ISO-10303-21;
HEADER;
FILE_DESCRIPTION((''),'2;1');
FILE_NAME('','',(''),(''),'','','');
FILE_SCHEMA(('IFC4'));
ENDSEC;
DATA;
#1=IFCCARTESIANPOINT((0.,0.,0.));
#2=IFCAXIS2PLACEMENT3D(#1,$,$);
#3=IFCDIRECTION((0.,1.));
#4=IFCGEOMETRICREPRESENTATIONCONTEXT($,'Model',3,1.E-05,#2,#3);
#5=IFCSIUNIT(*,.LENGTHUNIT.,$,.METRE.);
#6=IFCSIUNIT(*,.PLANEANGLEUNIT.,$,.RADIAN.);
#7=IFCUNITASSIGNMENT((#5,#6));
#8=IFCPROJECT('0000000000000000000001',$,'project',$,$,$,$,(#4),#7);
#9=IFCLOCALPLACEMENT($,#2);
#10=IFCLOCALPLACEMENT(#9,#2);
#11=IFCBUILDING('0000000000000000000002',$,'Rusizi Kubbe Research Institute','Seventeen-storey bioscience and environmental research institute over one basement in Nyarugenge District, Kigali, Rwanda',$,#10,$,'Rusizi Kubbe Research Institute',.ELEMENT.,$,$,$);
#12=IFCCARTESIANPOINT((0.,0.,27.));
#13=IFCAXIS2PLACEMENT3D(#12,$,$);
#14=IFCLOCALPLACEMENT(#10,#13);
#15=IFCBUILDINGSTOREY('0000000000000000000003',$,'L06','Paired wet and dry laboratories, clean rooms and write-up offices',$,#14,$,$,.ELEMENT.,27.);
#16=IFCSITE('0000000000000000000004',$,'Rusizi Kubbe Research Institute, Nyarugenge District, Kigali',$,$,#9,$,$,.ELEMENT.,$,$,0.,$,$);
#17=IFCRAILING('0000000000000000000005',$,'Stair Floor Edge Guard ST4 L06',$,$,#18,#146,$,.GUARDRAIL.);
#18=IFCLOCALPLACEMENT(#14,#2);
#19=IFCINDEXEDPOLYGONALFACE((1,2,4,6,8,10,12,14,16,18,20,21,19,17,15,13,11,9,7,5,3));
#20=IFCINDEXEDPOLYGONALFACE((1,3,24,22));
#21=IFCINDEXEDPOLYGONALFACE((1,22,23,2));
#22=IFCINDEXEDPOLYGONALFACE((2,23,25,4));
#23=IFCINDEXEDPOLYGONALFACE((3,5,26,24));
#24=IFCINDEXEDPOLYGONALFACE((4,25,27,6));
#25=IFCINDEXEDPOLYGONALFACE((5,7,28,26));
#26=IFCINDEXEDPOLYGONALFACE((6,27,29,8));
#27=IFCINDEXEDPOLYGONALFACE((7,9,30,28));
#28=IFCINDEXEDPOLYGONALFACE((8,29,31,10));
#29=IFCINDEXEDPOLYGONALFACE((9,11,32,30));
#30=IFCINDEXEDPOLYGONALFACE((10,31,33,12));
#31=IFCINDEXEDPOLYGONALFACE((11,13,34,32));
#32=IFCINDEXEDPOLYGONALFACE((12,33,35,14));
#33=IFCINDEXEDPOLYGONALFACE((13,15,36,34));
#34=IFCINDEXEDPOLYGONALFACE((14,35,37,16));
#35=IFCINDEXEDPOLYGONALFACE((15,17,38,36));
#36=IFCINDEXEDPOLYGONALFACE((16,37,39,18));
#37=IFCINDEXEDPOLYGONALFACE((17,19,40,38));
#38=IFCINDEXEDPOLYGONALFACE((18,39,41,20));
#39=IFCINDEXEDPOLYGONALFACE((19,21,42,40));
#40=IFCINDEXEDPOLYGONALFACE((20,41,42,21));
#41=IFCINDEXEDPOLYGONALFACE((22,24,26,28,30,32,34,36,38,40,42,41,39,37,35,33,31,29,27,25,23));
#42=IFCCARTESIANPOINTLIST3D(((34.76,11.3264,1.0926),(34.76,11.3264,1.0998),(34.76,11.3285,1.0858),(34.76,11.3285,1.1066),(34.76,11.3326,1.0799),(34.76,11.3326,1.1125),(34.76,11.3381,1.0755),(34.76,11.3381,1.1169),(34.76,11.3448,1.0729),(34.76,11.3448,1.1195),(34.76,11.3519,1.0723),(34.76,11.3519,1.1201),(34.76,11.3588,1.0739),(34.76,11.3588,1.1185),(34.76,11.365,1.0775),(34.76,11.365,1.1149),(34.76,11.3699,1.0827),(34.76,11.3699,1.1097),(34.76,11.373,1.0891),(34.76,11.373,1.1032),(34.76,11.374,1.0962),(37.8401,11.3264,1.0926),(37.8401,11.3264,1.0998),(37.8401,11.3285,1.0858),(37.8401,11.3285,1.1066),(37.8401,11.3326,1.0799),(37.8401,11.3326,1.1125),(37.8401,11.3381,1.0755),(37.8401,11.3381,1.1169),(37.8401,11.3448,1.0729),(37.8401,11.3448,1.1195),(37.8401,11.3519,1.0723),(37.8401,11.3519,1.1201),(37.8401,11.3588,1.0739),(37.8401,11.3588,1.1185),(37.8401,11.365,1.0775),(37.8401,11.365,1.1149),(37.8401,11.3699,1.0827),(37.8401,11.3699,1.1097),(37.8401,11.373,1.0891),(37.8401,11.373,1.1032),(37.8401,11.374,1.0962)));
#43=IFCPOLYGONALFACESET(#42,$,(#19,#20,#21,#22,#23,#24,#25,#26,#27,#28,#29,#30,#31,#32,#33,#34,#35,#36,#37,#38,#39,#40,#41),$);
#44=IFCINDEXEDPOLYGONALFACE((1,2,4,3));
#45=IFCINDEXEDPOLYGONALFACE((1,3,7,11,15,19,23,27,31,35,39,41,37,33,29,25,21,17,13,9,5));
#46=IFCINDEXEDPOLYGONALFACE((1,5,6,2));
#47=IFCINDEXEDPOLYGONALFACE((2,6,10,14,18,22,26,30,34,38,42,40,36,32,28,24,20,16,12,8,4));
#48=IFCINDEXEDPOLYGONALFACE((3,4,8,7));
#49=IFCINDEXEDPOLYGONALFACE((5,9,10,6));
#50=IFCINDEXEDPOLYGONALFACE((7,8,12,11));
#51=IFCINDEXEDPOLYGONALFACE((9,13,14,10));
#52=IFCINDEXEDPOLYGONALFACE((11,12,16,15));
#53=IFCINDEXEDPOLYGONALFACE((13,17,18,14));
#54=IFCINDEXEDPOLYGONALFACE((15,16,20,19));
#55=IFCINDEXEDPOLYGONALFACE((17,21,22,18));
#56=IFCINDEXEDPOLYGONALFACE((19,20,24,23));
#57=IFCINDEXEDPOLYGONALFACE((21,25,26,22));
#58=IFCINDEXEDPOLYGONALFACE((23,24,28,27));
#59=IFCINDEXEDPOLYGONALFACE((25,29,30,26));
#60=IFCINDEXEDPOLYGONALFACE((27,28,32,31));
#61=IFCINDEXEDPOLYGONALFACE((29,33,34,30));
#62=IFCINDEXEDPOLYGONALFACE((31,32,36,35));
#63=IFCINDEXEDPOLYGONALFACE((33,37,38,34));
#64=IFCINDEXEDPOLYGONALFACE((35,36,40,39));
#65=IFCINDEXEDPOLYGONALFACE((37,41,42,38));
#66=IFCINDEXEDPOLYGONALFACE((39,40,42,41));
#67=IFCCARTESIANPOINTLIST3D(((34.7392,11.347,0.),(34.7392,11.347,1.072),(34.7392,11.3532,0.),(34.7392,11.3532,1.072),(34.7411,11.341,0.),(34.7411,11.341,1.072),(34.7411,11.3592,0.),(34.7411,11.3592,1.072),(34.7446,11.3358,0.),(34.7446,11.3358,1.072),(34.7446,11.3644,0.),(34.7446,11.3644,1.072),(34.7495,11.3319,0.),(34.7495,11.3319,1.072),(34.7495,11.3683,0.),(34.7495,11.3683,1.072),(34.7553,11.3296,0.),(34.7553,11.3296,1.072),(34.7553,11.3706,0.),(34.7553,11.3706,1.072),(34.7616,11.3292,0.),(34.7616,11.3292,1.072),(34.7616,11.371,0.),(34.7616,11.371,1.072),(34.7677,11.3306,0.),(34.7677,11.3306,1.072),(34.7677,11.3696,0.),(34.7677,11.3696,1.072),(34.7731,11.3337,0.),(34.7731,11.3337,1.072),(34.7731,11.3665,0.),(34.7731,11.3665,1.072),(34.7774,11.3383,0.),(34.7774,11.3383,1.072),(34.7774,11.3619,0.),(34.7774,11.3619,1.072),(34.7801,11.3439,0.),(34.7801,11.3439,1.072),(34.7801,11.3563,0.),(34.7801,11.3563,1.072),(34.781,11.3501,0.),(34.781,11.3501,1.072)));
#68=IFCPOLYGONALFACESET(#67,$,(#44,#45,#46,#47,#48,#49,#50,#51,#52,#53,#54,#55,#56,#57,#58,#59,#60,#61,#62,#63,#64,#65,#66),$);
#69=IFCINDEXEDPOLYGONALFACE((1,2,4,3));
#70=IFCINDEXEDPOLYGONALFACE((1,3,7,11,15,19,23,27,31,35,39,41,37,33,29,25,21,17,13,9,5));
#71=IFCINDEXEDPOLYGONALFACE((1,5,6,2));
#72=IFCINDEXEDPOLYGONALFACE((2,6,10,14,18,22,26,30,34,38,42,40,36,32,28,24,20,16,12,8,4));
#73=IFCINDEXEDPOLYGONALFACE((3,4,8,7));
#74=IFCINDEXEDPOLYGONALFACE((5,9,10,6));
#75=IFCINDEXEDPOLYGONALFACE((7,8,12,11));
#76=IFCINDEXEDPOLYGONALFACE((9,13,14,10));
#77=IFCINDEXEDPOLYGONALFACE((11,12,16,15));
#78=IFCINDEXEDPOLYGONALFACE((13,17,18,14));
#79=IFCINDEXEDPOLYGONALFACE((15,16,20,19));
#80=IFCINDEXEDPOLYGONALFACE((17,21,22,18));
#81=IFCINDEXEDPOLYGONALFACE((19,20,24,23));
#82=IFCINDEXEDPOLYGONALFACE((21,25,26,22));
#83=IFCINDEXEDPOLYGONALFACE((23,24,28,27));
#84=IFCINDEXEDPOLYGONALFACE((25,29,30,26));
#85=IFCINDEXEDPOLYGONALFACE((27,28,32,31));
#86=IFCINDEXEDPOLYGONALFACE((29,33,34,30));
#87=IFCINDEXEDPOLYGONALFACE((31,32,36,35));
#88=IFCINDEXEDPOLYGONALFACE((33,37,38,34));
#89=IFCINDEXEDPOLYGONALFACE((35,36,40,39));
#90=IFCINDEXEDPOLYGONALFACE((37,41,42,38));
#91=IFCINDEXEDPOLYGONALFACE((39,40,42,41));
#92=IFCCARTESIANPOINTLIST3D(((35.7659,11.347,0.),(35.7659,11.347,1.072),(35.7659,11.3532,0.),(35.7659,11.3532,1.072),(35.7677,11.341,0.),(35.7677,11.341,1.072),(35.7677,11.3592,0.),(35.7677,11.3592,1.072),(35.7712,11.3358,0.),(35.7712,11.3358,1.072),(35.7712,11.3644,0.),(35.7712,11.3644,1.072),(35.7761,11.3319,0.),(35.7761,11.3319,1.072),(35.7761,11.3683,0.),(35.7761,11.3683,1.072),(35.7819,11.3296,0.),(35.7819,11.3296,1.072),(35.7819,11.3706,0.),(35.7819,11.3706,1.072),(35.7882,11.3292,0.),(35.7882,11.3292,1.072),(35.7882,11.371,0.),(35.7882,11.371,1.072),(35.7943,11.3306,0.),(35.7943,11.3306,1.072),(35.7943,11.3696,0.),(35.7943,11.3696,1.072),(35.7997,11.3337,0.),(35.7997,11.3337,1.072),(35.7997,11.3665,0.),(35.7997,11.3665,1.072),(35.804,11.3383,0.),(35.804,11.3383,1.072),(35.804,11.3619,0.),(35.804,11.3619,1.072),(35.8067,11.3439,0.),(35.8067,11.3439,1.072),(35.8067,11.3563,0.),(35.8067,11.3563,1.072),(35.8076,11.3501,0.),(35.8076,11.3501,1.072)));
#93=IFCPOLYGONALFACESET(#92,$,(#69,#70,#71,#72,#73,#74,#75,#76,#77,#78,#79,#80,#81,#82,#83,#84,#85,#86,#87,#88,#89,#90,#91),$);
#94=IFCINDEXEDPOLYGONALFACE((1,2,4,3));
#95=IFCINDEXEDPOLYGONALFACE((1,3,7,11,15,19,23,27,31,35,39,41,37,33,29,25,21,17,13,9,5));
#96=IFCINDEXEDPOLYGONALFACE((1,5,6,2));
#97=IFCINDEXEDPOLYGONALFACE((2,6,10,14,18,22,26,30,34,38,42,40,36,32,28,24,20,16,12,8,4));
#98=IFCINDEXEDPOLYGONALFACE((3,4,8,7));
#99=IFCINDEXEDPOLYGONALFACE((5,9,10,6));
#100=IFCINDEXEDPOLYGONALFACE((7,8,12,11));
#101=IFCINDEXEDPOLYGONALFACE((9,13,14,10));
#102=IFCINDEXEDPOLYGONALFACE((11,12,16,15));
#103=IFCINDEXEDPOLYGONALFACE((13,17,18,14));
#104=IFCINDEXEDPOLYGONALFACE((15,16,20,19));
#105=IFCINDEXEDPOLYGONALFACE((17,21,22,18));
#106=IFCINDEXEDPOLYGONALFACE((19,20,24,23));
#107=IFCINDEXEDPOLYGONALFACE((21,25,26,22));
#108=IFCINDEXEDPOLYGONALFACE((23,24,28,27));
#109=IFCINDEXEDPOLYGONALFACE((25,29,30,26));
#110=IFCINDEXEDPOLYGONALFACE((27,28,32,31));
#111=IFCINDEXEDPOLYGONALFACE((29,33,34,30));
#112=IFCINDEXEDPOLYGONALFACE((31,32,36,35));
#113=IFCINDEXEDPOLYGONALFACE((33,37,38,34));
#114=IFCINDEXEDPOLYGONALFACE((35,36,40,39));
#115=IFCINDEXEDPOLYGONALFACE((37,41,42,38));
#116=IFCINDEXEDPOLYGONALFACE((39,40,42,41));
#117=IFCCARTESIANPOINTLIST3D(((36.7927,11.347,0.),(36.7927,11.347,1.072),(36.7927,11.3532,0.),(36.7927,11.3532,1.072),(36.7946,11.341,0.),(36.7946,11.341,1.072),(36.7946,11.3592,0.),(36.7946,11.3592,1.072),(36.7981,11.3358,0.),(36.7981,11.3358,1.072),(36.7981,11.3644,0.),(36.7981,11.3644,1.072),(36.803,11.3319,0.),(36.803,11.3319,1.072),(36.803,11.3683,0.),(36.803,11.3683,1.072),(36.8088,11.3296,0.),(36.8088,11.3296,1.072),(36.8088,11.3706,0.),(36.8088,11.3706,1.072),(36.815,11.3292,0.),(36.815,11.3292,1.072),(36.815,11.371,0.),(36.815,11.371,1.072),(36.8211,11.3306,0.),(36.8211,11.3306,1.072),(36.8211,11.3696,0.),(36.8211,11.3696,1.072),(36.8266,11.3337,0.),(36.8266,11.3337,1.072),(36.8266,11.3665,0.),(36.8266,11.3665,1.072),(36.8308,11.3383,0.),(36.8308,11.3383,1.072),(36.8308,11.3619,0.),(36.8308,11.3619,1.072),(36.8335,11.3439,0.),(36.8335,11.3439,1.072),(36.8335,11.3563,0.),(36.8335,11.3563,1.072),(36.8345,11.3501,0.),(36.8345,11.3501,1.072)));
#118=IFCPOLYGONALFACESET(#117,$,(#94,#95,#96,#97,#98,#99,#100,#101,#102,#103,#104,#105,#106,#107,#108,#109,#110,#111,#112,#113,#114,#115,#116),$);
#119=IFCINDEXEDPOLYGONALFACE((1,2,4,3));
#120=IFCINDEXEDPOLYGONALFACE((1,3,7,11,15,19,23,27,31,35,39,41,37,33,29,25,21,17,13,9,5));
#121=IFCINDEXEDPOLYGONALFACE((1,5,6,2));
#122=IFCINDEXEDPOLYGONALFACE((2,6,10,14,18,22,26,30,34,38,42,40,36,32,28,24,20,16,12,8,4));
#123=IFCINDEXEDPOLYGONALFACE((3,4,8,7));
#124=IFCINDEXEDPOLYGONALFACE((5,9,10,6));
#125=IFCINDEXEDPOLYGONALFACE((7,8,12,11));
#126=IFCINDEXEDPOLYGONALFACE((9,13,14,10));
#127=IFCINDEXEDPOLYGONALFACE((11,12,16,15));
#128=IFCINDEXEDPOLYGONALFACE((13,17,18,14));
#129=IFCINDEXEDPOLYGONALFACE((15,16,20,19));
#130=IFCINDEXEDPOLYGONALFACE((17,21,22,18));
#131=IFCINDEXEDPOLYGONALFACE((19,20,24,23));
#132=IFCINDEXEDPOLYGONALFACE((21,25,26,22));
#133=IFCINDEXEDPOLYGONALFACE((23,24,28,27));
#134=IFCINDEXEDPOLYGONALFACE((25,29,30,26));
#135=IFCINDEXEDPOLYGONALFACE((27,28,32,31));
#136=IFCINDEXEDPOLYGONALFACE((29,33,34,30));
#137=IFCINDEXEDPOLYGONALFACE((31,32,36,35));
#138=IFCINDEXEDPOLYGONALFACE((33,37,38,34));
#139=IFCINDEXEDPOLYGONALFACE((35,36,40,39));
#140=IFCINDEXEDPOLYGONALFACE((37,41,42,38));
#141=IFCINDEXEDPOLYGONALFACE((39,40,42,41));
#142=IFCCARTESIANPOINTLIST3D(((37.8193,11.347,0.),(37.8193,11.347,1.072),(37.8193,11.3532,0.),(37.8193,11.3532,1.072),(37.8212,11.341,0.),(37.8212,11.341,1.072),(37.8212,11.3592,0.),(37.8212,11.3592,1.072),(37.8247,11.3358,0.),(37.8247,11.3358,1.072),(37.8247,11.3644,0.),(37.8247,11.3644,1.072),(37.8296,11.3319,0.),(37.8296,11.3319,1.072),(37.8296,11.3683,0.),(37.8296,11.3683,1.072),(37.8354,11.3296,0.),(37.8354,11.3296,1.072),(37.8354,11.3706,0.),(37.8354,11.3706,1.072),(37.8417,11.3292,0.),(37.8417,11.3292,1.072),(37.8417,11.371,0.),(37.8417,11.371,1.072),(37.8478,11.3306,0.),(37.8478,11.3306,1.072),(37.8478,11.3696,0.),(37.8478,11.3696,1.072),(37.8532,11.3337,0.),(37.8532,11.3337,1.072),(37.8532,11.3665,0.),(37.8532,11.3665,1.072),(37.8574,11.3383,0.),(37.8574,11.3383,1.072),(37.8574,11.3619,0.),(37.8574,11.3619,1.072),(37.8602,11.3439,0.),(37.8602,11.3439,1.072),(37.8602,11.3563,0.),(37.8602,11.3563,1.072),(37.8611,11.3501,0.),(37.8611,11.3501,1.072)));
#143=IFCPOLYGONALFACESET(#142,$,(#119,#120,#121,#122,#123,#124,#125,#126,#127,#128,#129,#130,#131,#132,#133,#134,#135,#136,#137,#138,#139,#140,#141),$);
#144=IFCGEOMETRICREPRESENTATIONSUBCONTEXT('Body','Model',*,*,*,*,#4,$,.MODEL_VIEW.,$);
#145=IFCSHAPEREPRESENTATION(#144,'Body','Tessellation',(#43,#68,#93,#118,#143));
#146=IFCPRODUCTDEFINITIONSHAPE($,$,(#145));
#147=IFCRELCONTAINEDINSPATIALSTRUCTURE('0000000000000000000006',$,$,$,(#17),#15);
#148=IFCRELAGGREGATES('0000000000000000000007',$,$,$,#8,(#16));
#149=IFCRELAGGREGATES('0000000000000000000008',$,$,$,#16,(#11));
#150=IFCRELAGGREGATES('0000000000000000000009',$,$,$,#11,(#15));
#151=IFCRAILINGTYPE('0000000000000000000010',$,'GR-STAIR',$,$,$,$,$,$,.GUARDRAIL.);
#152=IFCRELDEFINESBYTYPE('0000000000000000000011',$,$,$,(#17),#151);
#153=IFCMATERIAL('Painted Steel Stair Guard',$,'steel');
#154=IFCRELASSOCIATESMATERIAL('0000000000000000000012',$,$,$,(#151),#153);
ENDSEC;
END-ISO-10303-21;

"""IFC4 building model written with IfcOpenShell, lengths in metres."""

from ifc_helpers import new_model, si_unit, direction, frame, origin, origin_2d, place, context, subcontext, project, spatial, circle, extrude, material, type_object, element, save


model = new_model("IFC4")

# Units and contexts
model_context = context("Model", 3, precision=1e-05, world=origin(), true_north=direction((0.0, 1.0)))
body_context = subcontext(model_context, "Body", "Model", "MODEL_VIEW")
ifc_project = project(units=[si_unit("LENGTHUNIT", "METRE"), si_unit("PLANEANGLEUNIT", "RADIAN")], contexts=[model_context])

# Site, building, storey
site_placement = place(None, origin())
site = spatial("IfcSite", under=ifc_project, at=site_placement, Name="Rusizi Kubbe Research Institute, Nyarugenge District, Kigali", CompositionType="ELEMENT", RefElevation=0.0)
building_placement = place(site_placement, origin())
building = spatial("IfcBuilding", under=site, at=building_placement, Name="Rusizi Kubbe Research Institute", Description="Seventeen-storey bioscience and environmental research institute over one basement in Nyarugenge District, Kigali, Rwanda", LongName="Rusizi Kubbe Research Institute", CompositionType="ELEMENT")
storey_placement = place(building_placement, frame((0.0, 0.0, 27.0)))
storey = spatial("IfcBuildingStorey", under=building, at=storey_placement, Name="L06", Description="Paired wet and dry laboratories, clean rooms and write-up offices", CompositionType="ELEMENT", Elevation=27.0)

# Railing
ifc_material_1 = material(Name="Painted Steel Stair Guard", Category="steel")
railing_type_1 = type_object("IfcRailingType", Name="GR-STAIR", PredefinedType="GUARDRAIL", material=ifc_material_1)
railing_1_placement = place(storey_placement, frame((34.76, 11.3501, 0.0)))
element("IfcRailing", 1, at=railing_1_placement, inside=storey, type_object=railing_type_1, Name="Stair Floor Edge Guard ST4 L06", PredefinedType="GUARDRAIL", context=body_context, shape_type="SweptSolid", body=[
    extrude(circle(Radius=0.0239, at=origin_2d()), frame((0.0, 0.0, 1.0962), z_axis=(1.0, 0.0, 0.0), x_axis=(0.0, 1.0, 0.0)), (0.0, 0.0, 1.0), 3.0801),
    extrude(circle(Radius=0.021, at=origin_2d()), origin(), (0.0, 0.0, 1.0), 1.072),
    extrude(circle(Radius=0.021, at=origin_2d()), frame((1.0266, 0.0, 0.0)), (0.0, 0.0, 1.0), 1.072),
    extrude(circle(Radius=0.021, at=origin_2d()), frame((2.0535, 0.0, 0.0)), (0.0, 0.0, 1.0), 1.072),
    extrude(circle(Radius=0.021, at=origin_2d()), frame((3.0801, 0.0, 0.0)), (0.0, 0.0, 1.0), 1.072),
])

save(model, "model.ifc")
